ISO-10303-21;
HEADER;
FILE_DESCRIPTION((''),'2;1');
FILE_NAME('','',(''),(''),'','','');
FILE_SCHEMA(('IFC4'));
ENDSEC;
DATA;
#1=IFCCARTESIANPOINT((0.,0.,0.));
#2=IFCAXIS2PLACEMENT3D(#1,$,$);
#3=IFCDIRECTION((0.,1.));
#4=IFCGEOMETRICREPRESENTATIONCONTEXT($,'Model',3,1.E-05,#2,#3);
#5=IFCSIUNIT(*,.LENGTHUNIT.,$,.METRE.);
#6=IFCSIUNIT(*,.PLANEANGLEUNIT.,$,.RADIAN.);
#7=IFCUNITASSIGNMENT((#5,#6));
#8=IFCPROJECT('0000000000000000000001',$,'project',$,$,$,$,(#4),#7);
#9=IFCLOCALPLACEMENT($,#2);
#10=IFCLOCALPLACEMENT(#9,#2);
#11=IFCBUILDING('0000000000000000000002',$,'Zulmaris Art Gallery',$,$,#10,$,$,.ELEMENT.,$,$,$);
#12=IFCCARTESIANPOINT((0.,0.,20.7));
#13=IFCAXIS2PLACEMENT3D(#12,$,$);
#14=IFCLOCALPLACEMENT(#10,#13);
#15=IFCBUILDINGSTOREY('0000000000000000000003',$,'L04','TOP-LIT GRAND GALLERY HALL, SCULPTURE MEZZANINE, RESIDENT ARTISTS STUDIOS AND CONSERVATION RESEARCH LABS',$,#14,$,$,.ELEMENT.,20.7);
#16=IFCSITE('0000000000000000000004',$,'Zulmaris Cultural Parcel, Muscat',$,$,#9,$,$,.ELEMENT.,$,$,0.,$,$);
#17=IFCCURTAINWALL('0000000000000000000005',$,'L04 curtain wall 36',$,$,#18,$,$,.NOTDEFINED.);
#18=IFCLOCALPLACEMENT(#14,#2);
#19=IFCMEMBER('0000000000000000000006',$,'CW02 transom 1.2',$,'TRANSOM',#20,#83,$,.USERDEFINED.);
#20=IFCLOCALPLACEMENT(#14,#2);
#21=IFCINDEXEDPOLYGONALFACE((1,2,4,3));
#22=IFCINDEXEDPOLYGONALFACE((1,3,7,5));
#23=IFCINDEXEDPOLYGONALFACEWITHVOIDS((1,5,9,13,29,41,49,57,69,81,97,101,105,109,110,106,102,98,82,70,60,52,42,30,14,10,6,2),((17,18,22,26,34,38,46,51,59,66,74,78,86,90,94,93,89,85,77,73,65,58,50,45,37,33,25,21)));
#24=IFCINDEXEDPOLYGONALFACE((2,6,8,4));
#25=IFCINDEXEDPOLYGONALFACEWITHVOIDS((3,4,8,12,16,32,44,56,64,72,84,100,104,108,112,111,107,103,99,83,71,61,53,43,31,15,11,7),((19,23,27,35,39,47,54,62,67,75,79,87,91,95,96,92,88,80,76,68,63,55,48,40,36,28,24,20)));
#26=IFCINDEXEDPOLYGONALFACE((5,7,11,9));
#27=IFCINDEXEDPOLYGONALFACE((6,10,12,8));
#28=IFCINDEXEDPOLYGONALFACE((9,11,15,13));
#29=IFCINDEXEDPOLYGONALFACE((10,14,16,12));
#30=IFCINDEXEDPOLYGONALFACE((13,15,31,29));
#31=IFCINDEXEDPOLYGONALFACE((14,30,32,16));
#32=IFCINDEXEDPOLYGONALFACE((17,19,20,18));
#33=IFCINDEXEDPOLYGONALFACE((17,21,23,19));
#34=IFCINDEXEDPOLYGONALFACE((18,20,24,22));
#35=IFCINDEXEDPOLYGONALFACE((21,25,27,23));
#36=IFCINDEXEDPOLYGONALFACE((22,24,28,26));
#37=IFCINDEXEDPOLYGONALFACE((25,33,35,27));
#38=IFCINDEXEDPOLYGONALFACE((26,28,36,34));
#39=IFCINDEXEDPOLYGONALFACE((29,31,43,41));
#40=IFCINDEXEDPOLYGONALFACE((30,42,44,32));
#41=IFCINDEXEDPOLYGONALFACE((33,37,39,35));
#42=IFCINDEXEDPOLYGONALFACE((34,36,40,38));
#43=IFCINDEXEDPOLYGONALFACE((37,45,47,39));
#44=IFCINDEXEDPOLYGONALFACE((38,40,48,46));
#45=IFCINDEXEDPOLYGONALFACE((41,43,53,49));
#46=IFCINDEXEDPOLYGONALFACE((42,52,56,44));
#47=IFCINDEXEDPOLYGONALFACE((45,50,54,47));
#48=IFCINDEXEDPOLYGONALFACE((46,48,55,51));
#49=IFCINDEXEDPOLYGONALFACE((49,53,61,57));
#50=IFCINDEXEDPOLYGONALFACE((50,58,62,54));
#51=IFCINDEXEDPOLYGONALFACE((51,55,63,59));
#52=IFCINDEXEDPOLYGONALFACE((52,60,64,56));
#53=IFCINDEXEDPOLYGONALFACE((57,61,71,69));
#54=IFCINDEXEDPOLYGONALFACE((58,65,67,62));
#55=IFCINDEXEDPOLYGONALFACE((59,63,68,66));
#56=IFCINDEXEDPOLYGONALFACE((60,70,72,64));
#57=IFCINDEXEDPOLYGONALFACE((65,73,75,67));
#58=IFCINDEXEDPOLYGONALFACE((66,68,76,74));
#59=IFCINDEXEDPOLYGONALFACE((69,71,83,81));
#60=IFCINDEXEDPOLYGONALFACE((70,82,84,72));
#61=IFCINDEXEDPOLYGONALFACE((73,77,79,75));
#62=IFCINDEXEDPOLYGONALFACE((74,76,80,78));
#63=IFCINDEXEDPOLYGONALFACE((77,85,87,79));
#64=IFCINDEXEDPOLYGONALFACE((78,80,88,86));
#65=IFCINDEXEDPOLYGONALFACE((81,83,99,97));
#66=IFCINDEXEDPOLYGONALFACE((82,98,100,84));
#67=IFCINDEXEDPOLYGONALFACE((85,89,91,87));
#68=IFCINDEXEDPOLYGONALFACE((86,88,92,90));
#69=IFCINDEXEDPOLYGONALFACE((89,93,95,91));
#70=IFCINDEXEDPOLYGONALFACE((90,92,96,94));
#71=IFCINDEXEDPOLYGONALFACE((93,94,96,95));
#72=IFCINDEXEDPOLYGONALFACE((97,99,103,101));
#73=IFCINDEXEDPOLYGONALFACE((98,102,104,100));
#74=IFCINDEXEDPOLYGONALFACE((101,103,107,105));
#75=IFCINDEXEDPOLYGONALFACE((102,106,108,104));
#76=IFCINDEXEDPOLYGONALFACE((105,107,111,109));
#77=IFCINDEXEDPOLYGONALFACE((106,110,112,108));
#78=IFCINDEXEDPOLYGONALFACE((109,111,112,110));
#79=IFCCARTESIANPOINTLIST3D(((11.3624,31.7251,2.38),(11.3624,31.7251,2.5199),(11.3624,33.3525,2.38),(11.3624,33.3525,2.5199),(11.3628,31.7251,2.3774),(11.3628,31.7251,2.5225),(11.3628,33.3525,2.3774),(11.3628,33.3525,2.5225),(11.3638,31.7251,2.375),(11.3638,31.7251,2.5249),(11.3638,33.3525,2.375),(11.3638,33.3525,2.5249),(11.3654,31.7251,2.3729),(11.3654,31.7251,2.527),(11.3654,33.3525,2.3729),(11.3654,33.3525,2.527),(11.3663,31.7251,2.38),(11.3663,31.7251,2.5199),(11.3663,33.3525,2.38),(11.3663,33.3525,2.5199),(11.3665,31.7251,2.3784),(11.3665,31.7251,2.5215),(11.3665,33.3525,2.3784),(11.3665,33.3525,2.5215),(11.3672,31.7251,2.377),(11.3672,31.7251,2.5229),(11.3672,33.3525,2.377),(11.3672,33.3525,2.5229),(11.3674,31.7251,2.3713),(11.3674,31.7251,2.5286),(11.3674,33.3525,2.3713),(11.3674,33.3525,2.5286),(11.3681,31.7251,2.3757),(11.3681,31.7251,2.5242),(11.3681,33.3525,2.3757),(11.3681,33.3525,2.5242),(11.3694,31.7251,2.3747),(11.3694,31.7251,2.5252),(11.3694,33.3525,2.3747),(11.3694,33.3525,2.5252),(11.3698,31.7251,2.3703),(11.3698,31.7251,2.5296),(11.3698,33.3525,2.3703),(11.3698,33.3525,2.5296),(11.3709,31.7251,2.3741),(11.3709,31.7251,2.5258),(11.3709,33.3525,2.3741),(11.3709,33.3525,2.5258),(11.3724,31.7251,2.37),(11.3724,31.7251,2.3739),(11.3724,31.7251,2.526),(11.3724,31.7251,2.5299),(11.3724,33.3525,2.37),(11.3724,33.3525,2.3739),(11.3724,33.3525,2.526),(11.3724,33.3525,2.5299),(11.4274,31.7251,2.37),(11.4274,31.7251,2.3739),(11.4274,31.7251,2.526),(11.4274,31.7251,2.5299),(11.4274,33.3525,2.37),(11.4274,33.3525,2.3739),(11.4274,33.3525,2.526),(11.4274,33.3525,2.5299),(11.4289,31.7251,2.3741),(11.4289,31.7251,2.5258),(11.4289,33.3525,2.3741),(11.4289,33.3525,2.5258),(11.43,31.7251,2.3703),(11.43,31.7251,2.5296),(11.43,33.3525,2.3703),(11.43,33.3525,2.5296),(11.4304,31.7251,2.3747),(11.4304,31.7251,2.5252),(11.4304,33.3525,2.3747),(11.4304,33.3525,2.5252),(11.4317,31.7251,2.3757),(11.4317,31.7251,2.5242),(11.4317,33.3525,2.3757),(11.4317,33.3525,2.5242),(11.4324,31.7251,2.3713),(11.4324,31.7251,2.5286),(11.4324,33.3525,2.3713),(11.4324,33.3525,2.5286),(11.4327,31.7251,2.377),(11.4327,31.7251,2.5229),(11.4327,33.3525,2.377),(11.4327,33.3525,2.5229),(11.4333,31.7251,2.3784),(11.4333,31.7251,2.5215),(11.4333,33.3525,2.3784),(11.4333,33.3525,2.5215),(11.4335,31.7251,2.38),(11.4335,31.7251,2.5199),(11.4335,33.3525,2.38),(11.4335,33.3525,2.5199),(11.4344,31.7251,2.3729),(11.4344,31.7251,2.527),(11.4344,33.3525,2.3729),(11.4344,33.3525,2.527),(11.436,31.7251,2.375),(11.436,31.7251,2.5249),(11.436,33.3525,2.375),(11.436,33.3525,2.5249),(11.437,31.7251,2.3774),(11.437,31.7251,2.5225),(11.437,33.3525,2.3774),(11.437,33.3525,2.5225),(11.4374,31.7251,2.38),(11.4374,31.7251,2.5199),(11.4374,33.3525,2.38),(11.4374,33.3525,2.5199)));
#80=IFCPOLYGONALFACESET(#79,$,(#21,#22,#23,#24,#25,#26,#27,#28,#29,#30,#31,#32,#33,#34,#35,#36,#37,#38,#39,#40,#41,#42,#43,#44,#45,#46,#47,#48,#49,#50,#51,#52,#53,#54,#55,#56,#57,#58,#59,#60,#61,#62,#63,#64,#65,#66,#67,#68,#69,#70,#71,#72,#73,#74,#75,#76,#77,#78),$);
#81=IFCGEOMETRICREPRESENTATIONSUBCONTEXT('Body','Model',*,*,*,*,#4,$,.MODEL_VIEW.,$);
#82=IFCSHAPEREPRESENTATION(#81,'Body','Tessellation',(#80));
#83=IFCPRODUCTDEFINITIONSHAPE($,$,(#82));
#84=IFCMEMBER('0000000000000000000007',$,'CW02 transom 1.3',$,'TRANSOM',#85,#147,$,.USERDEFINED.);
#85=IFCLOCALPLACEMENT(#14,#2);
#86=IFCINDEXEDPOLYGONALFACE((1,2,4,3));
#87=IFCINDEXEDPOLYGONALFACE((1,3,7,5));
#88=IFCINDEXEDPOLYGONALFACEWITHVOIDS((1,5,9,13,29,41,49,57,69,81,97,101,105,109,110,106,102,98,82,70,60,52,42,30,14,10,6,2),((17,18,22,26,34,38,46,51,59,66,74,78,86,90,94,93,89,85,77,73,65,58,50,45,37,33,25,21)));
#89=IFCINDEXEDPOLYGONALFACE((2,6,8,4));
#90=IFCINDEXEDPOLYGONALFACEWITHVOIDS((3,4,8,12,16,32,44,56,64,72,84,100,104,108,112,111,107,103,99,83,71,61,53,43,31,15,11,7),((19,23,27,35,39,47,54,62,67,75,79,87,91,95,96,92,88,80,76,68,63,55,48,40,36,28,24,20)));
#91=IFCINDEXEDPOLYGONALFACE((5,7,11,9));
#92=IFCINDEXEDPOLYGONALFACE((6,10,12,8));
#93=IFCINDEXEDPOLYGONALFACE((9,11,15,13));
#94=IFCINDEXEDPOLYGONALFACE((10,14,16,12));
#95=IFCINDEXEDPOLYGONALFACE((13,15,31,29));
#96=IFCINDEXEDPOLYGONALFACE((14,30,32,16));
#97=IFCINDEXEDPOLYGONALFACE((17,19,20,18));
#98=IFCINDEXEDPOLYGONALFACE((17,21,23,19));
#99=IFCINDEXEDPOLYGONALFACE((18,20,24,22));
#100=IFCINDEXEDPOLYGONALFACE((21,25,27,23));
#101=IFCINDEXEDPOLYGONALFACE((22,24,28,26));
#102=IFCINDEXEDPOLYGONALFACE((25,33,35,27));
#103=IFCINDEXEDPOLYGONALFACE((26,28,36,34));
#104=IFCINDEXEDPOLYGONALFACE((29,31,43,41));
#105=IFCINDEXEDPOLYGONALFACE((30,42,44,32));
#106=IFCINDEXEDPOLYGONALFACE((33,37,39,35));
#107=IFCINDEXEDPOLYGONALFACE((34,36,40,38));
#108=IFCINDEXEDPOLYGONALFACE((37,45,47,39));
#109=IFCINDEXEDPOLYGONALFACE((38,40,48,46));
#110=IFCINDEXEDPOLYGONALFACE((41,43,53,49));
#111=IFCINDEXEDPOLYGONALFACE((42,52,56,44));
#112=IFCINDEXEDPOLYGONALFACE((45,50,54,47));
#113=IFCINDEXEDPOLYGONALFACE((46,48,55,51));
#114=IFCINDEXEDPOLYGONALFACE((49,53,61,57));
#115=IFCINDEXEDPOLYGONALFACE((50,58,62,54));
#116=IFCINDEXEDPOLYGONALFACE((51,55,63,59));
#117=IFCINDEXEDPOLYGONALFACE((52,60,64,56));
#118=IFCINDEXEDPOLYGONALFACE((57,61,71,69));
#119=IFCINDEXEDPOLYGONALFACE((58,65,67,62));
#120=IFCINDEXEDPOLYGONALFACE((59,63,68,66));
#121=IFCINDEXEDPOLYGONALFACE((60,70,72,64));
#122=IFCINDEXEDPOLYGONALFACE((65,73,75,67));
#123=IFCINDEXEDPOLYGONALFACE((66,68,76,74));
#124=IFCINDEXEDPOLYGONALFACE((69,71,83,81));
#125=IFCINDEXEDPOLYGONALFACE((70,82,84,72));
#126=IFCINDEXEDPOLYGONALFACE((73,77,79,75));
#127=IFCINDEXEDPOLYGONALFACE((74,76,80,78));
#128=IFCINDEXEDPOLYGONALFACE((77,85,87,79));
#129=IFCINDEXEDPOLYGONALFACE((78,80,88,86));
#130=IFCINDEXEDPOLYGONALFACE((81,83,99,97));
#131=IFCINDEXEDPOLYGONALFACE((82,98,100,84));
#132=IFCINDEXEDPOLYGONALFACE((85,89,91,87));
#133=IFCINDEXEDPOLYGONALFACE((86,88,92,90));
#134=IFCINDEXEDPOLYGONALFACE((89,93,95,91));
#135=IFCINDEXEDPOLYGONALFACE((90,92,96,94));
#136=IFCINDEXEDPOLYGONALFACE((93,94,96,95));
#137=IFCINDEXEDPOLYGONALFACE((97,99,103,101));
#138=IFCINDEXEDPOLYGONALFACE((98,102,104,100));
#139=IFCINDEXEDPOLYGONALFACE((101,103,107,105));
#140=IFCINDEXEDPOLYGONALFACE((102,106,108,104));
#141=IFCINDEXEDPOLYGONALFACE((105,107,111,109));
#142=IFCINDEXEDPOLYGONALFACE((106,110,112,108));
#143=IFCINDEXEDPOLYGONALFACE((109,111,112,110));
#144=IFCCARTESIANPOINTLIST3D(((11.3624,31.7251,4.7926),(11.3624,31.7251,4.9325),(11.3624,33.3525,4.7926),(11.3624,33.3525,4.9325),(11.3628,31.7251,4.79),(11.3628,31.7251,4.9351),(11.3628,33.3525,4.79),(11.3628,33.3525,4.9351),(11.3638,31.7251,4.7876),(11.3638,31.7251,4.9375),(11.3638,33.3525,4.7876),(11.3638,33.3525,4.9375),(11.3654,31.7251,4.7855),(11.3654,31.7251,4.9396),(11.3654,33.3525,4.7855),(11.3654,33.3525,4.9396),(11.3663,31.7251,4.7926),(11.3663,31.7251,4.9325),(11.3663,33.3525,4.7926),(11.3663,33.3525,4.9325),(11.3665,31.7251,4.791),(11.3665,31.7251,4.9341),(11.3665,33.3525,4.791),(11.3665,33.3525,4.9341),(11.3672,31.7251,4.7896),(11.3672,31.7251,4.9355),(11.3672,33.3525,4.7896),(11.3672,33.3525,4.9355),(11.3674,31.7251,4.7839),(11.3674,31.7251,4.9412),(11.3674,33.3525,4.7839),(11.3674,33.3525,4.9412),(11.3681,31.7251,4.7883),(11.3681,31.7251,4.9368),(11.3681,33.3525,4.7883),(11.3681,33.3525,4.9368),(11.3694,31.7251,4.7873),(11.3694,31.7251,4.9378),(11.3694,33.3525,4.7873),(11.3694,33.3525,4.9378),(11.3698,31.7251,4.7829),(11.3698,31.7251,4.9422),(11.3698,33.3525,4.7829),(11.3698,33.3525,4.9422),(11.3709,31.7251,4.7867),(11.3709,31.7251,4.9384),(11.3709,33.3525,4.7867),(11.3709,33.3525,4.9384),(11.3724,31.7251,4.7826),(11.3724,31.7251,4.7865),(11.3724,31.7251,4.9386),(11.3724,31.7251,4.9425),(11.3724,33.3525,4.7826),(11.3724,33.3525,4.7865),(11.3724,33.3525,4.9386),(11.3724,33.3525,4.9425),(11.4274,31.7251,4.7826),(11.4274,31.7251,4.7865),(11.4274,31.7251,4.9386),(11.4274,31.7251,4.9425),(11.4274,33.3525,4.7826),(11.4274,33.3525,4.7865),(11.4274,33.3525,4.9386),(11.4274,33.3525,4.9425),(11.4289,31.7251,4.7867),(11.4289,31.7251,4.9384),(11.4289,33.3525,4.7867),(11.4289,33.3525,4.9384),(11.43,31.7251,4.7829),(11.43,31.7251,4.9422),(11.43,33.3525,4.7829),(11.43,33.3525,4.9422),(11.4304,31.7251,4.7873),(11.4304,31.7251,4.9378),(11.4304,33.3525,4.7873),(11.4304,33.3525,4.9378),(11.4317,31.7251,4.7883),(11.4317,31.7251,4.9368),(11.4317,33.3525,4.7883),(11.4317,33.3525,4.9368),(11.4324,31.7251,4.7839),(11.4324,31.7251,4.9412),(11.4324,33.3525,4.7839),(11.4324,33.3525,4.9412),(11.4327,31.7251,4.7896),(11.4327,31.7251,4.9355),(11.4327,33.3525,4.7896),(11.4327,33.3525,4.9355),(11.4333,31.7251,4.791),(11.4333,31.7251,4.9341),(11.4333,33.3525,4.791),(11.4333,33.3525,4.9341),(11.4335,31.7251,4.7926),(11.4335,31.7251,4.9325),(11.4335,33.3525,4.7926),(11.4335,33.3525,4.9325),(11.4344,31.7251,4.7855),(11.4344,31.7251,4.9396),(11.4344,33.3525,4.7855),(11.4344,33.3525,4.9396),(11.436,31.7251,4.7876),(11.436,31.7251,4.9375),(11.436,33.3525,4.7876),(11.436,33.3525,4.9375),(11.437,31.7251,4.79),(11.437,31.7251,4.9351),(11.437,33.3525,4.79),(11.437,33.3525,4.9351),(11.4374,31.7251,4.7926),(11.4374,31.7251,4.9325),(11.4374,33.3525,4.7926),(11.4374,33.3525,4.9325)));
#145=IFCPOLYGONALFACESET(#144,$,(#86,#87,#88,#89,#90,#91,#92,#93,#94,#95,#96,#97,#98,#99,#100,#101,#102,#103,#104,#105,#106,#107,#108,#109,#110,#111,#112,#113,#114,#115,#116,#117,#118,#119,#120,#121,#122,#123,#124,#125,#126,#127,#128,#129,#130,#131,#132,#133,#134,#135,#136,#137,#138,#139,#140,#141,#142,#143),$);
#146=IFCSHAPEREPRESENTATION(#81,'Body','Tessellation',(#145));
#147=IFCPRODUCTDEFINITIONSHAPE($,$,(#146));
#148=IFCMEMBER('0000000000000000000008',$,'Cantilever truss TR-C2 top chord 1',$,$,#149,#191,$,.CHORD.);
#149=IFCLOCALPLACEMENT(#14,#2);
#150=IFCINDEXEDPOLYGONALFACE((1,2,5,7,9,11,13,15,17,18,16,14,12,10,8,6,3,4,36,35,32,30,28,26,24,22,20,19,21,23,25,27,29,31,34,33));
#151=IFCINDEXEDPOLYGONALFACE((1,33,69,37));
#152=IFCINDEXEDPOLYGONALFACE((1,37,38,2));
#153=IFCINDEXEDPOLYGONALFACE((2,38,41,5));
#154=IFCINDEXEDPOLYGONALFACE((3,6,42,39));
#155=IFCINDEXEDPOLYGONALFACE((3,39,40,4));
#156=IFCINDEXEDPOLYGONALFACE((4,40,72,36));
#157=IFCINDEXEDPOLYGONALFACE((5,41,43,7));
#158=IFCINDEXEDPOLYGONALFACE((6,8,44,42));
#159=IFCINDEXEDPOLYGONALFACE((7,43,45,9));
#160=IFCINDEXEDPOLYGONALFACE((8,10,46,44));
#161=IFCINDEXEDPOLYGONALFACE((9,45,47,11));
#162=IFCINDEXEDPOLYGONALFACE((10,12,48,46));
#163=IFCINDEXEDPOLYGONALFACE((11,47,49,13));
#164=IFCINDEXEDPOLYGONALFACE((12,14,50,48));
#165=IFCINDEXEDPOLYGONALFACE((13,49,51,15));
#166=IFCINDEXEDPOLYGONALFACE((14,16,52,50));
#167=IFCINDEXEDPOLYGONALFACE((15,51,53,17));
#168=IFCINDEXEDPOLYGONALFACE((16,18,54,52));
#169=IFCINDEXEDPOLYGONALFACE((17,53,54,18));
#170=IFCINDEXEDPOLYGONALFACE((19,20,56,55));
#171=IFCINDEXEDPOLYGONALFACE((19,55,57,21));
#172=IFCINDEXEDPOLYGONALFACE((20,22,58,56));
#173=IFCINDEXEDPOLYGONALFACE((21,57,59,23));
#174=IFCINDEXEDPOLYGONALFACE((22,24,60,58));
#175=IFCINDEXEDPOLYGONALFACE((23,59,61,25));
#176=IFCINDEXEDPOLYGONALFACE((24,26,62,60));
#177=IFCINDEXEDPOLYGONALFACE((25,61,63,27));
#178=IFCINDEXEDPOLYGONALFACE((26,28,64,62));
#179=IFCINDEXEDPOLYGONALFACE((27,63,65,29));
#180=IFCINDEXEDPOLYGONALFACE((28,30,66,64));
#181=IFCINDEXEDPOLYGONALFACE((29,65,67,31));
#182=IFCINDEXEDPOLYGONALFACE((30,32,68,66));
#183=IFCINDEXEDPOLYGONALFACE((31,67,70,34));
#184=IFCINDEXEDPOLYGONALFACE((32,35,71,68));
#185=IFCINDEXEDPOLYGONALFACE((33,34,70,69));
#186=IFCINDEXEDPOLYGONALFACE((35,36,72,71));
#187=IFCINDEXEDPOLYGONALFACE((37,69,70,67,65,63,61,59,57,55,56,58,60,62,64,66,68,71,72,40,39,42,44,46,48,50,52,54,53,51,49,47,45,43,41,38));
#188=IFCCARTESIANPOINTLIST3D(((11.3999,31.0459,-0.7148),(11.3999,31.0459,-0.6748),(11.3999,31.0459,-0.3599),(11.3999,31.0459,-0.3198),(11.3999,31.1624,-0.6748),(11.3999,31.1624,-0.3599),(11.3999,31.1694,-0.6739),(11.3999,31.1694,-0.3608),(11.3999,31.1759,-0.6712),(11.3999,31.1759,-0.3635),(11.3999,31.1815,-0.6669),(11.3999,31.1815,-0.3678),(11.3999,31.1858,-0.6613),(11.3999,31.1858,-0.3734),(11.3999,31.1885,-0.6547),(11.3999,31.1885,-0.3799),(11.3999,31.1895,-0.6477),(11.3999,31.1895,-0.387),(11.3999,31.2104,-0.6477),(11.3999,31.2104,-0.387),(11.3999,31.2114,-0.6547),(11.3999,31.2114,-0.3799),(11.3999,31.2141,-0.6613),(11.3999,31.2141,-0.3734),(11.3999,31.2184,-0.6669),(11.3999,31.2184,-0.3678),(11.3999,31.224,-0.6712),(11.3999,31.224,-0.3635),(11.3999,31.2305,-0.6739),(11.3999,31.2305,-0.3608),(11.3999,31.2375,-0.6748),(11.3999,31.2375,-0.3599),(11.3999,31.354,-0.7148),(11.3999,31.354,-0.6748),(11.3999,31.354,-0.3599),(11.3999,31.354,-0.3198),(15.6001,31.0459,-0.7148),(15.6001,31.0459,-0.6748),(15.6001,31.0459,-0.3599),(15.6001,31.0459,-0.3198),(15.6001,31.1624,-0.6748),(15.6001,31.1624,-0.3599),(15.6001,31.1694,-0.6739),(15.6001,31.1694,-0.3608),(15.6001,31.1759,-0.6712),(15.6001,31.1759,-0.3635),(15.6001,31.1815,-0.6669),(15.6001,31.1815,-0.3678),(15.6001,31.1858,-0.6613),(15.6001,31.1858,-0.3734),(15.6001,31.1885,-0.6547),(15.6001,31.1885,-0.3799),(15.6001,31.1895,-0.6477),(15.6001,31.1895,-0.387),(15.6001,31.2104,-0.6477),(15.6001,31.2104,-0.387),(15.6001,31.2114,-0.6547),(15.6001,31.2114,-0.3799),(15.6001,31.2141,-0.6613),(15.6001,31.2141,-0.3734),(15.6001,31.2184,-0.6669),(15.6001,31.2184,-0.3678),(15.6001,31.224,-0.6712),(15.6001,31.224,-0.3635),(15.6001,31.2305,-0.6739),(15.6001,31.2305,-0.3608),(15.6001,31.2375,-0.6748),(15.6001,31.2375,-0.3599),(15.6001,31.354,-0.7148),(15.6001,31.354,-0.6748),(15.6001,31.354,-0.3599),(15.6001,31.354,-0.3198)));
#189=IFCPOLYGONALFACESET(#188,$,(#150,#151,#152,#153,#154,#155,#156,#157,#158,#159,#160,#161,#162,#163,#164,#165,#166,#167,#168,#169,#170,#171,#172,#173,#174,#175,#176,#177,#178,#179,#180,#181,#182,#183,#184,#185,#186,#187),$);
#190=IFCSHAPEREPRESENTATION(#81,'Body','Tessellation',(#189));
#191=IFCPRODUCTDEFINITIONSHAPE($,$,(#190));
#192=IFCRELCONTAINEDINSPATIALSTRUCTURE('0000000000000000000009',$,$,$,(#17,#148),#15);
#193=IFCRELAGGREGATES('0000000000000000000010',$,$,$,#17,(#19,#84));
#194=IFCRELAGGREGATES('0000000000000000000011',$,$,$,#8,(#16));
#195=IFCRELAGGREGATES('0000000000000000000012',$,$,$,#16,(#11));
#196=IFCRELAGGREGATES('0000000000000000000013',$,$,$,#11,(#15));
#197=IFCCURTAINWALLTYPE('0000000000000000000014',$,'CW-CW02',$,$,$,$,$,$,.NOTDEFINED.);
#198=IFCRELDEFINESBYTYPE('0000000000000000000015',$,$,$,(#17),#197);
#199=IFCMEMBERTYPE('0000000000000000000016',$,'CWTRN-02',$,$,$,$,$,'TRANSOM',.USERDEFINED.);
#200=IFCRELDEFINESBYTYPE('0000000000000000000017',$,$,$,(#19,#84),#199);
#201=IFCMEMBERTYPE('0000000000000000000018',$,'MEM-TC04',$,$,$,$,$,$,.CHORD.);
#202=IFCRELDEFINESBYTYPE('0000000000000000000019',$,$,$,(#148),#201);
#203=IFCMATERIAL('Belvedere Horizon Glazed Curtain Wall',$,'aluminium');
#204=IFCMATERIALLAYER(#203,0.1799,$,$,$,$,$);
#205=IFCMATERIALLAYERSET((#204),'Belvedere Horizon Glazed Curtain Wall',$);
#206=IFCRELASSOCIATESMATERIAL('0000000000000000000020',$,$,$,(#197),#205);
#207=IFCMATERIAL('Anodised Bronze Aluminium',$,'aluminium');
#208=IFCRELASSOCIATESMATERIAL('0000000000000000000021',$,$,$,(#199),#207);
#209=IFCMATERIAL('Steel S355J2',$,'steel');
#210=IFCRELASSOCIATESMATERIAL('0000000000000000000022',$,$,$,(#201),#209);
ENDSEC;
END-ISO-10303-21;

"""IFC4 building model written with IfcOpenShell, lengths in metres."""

from ifc_helpers import new_model, si_unit, direction, frame, origin, origin_2d, place, context, subcontext, project, spatial, hollow_rectangle, i_section, extrude, material, layer, layer_set, material_profile, profile_set, type_object, element, aggregate, save


model = new_model("IFC4")

# Units and contexts
model_context = context("Model", 3, precision=1e-05, world=origin(), true_north=direction((0.0, 1.0)))
body_context = subcontext(model_context, "Body", "Model", "MODEL_VIEW")
ifc_project = project(units=[si_unit("LENGTHUNIT", "METRE"), si_unit("PLANEANGLEUNIT", "RADIAN")], contexts=[model_context])

# Site, building, storey
site_placement = place(None, origin())
site = spatial("IfcSite", under=ifc_project, at=site_placement, Name="Zulmaris Cultural Parcel, Muscat", CompositionType="ELEMENT", RefElevation=0.0)
building_placement = place(site_placement, origin())
building = spatial("IfcBuilding", under=site, at=building_placement, Name="Zulmaris Art Gallery", CompositionType="ELEMENT")
storey_placement = place(building_placement, frame((0.0, 0.0, 20.7)))
storey = spatial("IfcBuildingStorey", under=building, at=storey_placement, Name="L04", Description="TOP-LIT GRAND GALLERY HALL, SCULPTURE MEZZANINE, RESIDENT ARTISTS STUDIOS AND CONSERVATION RESEARCH LABS", CompositionType="ELEMENT", Elevation=20.7)

# Shared definitions
ifc_material_1 = material(Name="Steel S355J2", Category="steel")

# Shared definitions
ifc_material_2 = material(Name="Belvedere Horizon Glazed Curtain Wall", Category="aluminium")
ifc_layer_1 = layer(ifc_material_2, 0.1799)
ifc_layer_set_1 = layer_set([ifc_layer_1], Name="Belvedere Horizon Glazed Curtain Wall")
curtain_wall_type = type_object("IfcCurtainWallType", Name="CW-CW02", PredefinedType="NOTDEFINED", material=ifc_layer_set_1)
ifc_material_3 = material(Name="Anodised Bronze Aluminium", Category="aluminium")

# Curtain wall
curtain_wall_1_placement = place(storey_placement, origin())
curtain_wall_1 = element("IfcCurtainWall", 1, at=curtain_wall_1_placement, inside=storey, type_object=curtain_wall_type, Name="L04 curtain wall 36", PredefinedType="NOTDEFINED")

# Members
ifc_material_profile_1 = material_profile(ifc_material_3, hollow_rectangle(XDim=0.075, YDim=0.1599, WallThickness=0.0039, InnerFilletRadius=0.0061, OuterFilletRadius=0.01, at=origin_2d()), Name="ALU 75x160x4")
ifc_profile_set_1 = profile_set([ifc_material_profile_1], Name="Anodised Bronze Aluminium")
member_type_1 = type_object("IfcMemberType", Name="CWTRN-02", ElementType="TRANSOM", PredefinedType="USERDEFINED", material=ifc_profile_set_1)
member_1_placement = place(storey_placement, frame((11.3999, 31.7251, 2.45), z_axis=(0.0, 1.0, 0.0), x_axis=(-1.0, 0.0, 0.0)))
member_1 = element("IfcMember", 2, at=member_1_placement, type_object=member_type_1, Name="CW02 transom 1.2", ObjectType="TRANSOM", PredefinedType="USERDEFINED", context=body_context, shape_type="SweptSolid", body=[
    extrude(hollow_rectangle(XDim=0.075, YDim=0.1599, WallThickness=0.0039, InnerFilletRadius=0.0061, OuterFilletRadius=0.01, at=origin_2d()), origin(), (0.0, 0.0, 1.0), 1.6274),
])
member_2_placement = place(storey_placement, frame((11.3999, 31.7251, 4.8625), z_axis=(0.0, 1.0, 0.0), x_axis=(-1.0, 0.0, 0.0)))
member_2 = element("IfcMember", 3, at=member_2_placement, type_object=member_type_1, Name="CW02 transom 1.3", ObjectType="TRANSOM", PredefinedType="USERDEFINED", context=body_context, shape_type="SweptSolid", body=[
    extrude(hollow_rectangle(XDim=0.075, YDim=0.1599, WallThickness=0.0039, InnerFilletRadius=0.0061, OuterFilletRadius=0.01, at=origin_2d()), origin(), (0.0, 0.0, 1.0), 1.6274),
])
ifc_material_profile_2 = material_profile(ifc_material_1, i_section(OverallWidth=0.3081, OverallDepth=0.395, WebThickness=0.021, FlangeThickness=0.04, FilletRadius=0.0271, at=origin_2d()), Name="HEM 360")
ifc_profile_set_2 = profile_set([ifc_material_profile_2], Name="Steel S355J2")
member_type_2 = type_object("IfcMemberType", Name="MEM-TC04", PredefinedType="CHORD", material=ifc_profile_set_2)
member_3_placement = place(storey_placement, frame((11.3999, 31.2, -0.5173), z_axis=(1.0, 0.0, 0.0), x_axis=(0.0, 1.0, 0.0)))
element("IfcMember", 4, at=member_3_placement, inside=storey, type_object=member_type_2, Name="Cantilever truss TR-C2 top chord 1", PredefinedType="CHORD", context=body_context, shape_type="SweptSolid", body=[
    extrude(i_section(OverallWidth=0.3081, OverallDepth=0.395, WebThickness=0.021, FlangeThickness=0.04, FilletRadius=0.0271, at=origin_2d()), origin(), (0.0, 0.0, 1.0), 4.2002),
])

aggregate(curtain_wall_1, [member_1, member_2])

save(model, "model.ifc")
